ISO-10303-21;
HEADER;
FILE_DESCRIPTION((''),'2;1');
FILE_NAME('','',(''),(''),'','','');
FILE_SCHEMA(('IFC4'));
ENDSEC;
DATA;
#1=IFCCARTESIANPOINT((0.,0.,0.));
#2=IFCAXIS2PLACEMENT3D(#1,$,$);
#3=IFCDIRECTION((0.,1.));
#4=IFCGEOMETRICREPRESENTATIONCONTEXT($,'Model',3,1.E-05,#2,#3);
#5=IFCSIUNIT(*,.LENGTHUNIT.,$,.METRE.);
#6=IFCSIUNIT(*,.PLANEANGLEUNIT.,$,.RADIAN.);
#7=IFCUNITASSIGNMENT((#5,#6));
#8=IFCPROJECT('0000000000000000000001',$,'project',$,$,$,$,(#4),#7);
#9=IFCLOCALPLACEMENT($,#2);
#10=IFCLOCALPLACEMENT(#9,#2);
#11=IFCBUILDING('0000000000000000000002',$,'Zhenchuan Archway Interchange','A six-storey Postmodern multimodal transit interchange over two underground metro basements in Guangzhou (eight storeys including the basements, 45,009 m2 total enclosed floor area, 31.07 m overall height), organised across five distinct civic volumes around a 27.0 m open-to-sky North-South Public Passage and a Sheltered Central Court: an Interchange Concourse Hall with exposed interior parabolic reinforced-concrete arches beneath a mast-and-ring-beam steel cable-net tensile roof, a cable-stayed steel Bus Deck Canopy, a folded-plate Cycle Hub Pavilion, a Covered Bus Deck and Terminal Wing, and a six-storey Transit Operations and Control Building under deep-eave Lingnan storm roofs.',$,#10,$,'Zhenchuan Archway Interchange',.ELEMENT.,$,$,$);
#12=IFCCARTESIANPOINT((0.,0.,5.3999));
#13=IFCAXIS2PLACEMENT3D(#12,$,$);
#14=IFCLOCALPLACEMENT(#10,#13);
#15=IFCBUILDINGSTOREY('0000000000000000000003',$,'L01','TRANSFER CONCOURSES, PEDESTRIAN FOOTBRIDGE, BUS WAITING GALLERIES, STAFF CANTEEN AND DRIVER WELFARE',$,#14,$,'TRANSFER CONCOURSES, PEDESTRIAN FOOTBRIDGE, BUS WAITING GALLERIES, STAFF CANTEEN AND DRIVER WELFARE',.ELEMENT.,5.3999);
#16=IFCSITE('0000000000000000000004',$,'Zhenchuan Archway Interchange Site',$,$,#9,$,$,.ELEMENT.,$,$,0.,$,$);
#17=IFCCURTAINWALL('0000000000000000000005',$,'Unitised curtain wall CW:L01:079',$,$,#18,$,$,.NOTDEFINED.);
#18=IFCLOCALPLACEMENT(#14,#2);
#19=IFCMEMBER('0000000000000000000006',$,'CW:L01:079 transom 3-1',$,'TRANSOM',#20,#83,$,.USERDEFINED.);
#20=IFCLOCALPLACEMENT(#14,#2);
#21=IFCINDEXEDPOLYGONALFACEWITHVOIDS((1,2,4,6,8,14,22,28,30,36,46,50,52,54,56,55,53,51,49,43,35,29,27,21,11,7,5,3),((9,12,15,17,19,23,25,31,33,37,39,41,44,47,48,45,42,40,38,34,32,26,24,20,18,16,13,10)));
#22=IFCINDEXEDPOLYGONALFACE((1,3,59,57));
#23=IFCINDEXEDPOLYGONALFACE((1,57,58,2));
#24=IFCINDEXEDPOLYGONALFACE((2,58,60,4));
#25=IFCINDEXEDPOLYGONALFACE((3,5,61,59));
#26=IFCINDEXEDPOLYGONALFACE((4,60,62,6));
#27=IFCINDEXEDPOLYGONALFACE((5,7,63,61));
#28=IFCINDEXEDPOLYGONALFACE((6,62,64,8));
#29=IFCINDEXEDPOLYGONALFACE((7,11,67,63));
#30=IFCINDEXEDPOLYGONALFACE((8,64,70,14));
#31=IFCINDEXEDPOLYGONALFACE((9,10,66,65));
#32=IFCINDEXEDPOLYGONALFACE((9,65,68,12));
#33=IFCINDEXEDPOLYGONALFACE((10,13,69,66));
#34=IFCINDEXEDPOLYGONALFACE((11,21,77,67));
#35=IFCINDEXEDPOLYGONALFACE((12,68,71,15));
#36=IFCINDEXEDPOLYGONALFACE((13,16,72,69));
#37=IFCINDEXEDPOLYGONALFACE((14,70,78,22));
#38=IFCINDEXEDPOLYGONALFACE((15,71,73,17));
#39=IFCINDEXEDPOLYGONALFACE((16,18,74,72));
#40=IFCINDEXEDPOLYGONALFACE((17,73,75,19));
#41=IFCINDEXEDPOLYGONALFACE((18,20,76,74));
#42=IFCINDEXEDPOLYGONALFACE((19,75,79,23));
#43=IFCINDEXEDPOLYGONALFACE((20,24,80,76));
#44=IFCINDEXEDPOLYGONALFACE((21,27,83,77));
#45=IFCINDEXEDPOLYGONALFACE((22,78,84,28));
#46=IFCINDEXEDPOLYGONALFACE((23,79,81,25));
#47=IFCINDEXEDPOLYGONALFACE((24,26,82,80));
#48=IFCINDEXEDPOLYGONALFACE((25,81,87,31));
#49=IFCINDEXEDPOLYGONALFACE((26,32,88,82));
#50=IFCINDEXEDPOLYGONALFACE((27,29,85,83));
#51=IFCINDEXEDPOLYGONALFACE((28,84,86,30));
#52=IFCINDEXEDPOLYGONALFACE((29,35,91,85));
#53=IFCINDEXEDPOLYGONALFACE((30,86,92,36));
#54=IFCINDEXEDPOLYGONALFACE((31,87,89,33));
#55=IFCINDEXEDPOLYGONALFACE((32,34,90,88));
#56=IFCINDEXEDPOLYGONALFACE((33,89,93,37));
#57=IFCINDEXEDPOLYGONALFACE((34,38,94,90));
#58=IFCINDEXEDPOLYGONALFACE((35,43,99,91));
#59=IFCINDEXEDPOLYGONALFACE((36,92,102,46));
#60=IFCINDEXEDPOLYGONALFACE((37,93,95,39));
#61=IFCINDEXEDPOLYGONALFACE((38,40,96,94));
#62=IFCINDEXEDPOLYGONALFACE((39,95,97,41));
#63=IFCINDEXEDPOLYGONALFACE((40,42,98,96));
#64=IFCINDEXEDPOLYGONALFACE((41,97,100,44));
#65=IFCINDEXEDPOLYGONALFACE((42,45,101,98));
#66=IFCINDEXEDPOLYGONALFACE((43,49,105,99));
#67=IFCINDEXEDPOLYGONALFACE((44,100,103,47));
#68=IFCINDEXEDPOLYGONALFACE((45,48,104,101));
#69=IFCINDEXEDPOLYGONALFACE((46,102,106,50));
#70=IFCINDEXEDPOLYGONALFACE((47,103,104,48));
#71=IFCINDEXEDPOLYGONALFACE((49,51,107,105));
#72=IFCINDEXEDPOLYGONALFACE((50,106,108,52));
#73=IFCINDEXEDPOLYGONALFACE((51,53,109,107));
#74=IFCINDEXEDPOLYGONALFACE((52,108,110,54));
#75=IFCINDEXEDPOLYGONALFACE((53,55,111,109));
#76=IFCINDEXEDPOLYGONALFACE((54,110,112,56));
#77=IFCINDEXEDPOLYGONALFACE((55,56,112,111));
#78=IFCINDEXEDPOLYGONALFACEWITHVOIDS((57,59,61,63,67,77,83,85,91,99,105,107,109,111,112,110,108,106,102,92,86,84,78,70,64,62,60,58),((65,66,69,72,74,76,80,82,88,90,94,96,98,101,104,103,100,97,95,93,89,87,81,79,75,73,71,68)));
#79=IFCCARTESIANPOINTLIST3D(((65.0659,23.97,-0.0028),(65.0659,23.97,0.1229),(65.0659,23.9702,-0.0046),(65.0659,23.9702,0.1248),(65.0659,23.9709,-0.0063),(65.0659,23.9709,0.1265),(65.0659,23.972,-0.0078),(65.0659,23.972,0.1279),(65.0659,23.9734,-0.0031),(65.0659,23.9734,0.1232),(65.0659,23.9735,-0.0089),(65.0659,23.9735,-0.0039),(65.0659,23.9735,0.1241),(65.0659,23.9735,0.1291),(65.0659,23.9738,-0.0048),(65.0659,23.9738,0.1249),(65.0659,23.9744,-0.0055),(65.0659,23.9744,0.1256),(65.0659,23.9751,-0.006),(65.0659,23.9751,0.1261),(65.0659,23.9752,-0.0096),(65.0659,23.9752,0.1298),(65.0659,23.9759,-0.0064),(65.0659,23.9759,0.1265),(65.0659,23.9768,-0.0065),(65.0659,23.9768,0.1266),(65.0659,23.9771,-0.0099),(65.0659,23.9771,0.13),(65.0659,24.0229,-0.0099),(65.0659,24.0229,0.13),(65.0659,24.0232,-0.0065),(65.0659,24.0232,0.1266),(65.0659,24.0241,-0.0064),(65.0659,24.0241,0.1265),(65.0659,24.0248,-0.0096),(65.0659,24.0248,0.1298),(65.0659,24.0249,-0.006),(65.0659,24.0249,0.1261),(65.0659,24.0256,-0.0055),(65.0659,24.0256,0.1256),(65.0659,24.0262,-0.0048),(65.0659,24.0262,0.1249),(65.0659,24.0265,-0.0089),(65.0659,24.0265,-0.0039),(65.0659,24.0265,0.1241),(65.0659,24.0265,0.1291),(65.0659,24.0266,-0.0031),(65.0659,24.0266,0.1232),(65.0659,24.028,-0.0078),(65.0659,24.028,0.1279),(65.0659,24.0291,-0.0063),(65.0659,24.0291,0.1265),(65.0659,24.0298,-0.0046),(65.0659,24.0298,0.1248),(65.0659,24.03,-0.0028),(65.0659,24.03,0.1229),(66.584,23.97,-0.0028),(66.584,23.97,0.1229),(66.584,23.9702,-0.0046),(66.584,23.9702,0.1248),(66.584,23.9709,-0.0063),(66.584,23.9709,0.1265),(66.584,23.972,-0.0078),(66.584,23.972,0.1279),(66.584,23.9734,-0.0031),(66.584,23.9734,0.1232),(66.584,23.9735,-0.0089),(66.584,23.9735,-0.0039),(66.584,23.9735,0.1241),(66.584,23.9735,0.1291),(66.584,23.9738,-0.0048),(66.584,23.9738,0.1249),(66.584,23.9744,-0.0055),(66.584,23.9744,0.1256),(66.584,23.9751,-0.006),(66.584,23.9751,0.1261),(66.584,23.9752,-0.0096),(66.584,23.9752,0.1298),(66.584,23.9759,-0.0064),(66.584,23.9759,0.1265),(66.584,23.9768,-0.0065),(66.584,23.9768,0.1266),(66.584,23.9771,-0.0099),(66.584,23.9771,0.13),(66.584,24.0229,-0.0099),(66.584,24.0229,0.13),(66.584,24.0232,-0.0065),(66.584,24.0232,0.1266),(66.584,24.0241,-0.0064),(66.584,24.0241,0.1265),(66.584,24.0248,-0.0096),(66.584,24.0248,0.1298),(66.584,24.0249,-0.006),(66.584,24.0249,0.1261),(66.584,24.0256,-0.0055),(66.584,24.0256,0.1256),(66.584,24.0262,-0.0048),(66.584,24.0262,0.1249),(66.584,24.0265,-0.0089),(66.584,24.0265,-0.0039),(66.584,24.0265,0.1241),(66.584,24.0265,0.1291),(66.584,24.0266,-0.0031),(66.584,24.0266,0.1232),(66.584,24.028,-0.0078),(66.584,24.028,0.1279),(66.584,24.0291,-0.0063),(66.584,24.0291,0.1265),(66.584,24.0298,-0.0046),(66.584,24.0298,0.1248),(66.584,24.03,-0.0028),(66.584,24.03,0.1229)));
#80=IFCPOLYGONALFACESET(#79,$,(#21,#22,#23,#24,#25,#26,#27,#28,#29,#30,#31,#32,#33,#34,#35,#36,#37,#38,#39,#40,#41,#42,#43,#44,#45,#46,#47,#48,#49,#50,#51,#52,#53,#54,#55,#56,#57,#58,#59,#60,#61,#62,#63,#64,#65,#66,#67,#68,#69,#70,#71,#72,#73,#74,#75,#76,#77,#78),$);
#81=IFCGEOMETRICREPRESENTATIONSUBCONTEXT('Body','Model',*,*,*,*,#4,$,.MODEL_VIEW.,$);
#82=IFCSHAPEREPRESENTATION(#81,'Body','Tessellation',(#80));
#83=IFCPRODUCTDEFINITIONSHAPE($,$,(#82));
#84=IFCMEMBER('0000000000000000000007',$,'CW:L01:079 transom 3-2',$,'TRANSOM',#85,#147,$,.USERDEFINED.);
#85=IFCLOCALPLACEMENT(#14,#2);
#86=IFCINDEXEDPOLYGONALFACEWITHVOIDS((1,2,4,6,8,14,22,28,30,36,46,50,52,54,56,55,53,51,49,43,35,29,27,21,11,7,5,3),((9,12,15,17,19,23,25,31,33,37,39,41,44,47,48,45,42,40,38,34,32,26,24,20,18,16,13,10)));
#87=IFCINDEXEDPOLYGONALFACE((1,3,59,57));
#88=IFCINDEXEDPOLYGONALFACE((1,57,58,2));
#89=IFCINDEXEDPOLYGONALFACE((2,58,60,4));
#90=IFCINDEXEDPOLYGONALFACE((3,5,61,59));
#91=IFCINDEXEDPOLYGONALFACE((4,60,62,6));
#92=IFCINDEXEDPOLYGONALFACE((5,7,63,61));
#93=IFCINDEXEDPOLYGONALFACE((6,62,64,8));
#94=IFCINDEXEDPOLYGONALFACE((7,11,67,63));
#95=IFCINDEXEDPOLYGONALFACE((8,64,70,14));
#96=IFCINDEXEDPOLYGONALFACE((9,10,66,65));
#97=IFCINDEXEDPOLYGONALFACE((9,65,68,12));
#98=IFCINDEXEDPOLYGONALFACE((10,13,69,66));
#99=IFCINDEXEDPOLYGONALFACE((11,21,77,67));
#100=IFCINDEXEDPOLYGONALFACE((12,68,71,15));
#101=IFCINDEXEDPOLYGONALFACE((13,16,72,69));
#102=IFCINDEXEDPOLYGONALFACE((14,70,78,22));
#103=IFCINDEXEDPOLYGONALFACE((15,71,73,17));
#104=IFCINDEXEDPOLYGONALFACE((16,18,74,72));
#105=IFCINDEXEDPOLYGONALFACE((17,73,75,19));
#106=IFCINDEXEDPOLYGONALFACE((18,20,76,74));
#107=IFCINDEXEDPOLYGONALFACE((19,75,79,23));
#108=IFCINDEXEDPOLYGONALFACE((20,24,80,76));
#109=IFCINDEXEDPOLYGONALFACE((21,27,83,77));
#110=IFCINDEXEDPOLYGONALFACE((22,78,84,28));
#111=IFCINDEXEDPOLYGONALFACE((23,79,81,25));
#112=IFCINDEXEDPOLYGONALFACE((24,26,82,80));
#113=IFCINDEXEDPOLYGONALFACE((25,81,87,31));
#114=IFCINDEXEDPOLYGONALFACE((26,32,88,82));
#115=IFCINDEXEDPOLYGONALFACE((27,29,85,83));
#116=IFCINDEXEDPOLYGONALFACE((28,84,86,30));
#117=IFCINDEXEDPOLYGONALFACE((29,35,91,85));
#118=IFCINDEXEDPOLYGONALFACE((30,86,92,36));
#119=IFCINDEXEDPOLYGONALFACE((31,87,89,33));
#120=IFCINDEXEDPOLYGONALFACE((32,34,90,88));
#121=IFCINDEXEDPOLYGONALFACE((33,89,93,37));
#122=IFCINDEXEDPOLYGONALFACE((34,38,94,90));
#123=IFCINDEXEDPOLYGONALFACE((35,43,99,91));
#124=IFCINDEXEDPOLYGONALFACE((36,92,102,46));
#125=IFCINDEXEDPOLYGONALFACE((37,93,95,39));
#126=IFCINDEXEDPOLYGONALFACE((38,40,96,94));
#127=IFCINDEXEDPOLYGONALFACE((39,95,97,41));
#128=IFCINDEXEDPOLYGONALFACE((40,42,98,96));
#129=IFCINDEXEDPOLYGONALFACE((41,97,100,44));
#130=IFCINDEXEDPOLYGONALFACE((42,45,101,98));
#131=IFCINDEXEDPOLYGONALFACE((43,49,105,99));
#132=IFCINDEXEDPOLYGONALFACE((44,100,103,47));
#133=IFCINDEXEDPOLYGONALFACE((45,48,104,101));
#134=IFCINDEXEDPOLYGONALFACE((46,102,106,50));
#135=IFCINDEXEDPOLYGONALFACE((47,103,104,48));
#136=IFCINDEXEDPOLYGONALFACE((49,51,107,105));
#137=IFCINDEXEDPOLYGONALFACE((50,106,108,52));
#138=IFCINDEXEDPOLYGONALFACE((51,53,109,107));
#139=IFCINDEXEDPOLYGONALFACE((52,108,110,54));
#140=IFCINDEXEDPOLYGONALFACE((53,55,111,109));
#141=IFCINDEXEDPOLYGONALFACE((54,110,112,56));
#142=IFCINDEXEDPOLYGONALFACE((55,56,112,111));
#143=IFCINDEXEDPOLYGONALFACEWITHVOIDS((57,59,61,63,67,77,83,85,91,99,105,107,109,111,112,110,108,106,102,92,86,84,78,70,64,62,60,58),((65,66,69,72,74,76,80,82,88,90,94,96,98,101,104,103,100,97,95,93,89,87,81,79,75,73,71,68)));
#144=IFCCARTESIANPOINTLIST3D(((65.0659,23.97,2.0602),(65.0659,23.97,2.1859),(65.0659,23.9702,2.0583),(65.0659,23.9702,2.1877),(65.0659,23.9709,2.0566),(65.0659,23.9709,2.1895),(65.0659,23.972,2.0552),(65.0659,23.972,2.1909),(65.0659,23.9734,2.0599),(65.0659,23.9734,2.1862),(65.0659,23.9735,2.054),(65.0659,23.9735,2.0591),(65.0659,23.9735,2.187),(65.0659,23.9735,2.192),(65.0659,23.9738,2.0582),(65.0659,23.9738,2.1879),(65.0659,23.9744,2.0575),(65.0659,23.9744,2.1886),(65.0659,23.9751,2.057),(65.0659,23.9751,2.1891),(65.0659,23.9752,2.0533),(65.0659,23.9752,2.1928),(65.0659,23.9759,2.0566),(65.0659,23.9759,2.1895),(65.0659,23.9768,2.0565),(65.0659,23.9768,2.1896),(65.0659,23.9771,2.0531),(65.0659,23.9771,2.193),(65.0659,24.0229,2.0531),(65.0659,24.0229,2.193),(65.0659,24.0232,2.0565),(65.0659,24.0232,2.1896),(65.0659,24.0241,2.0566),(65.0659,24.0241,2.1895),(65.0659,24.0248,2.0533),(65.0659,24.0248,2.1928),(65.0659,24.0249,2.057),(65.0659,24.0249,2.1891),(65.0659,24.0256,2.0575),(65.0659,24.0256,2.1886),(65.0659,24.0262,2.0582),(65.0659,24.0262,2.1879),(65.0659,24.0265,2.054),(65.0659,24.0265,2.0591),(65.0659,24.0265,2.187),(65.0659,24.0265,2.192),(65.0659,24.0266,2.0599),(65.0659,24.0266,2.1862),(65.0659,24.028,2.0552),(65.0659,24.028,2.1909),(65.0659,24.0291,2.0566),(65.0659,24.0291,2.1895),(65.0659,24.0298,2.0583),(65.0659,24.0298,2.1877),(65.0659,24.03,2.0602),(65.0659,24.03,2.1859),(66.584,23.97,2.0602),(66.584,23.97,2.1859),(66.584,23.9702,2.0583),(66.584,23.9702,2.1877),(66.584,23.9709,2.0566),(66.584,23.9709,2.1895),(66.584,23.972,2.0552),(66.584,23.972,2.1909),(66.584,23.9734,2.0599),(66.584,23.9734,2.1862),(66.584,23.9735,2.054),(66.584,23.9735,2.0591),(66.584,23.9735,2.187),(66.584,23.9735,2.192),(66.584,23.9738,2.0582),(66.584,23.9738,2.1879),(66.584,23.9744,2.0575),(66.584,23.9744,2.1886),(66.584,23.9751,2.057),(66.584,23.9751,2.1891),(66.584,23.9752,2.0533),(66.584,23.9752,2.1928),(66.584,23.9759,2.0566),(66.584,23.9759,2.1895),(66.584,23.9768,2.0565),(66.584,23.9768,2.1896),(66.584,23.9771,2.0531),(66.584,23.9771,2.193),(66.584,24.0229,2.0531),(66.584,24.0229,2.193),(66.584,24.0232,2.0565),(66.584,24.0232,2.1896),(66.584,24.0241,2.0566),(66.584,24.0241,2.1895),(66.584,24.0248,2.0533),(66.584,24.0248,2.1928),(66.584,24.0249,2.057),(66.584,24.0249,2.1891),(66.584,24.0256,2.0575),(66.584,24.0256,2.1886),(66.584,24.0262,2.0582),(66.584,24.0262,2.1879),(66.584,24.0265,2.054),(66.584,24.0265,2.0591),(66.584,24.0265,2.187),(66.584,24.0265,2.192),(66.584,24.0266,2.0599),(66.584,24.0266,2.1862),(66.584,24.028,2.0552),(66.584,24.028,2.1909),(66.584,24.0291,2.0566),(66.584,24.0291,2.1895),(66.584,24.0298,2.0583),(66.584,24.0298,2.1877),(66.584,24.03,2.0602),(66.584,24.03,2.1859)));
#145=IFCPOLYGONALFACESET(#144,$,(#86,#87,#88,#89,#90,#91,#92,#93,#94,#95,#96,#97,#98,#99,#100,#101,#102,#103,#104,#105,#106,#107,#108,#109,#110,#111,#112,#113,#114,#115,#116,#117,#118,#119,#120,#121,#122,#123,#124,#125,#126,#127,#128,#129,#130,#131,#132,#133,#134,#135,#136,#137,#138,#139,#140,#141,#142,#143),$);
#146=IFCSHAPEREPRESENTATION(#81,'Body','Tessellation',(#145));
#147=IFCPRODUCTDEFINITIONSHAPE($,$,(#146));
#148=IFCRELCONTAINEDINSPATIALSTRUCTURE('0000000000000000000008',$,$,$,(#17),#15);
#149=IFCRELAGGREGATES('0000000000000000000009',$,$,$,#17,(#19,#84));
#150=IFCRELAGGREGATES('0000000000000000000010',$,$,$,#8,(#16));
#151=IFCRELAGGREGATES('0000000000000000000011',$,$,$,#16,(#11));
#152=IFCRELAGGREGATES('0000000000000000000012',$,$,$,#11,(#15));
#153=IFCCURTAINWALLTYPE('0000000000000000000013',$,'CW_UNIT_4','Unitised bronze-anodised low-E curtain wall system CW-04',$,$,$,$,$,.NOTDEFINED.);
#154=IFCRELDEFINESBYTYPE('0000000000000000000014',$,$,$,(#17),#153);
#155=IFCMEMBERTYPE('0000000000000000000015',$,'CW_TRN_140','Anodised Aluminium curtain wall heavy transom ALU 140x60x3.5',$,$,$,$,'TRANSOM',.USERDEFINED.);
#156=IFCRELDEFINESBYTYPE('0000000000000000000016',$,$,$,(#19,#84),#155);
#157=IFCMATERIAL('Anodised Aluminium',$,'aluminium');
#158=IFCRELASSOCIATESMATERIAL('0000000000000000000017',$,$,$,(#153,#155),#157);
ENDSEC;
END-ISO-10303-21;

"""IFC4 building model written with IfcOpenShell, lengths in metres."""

from ifc_helpers import new_model, si_unit, direction, frame, origin, origin_2d, place, context, subcontext, project, spatial, hollow_rectangle, extrude, material, material_profile, profile_set, type_object, element, aggregate, save


model = new_model("IFC4")

# Units and contexts
model_context = context("Model", 3, precision=1e-05, world=origin(), true_north=direction((0.0, 1.0)))
body_context = subcontext(model_context, "Body", "Model", "MODEL_VIEW")
ifc_project = project(units=[si_unit("LENGTHUNIT", "METRE"), si_unit("PLANEANGLEUNIT", "RADIAN")], contexts=[model_context])

# Site, building, storey
site_placement = place(None, origin())
site = spatial("IfcSite", under=ifc_project, at=site_placement, Name="Zhenchuan Archway Interchange Site", CompositionType="ELEMENT", RefElevation=0.0)
building_placement = place(site_placement, origin())
building = spatial("IfcBuilding", under=site, at=building_placement, Name="Zhenchuan Archway Interchange", Description="A six-storey Postmodern multimodal transit interchange over two underground metro basements in Guangzhou (eight storeys including the basements, 45,009 m2 total enclosed floor area, 31.07 m overall height), organised across five distinct civic volumes around a 27.0 m open-to-sky North-South Public Passage and a Sheltered Central Court: an Interchange Concourse Hall with exposed interior parabolic reinforced-concrete arches beneath a mast-and-ring-beam steel cable-net tensile roof, a cable-stayed steel Bus Deck Canopy, a folded-plate Cycle Hub Pavilion, a Covered Bus Deck and Terminal Wing, and a six-storey Transit Operations and Control Building under deep-eave Lingnan storm roofs.", LongName="Zhenchuan Archway Interchange", CompositionType="ELEMENT")
storey_placement = place(building_placement, frame((0.0, 0.0, 5.3999)))
storey = spatial("IfcBuildingStorey", under=building, at=storey_placement, Name="L01", Description="TRANSFER CONCOURSES, PEDESTRIAN FOOTBRIDGE, BUS WAITING GALLERIES, STAFF CANTEEN AND DRIVER WELFARE", LongName="TRANSFER CONCOURSES, PEDESTRIAN FOOTBRIDGE, BUS WAITING GALLERIES, STAFF CANTEEN AND DRIVER WELFARE", CompositionType="ELEMENT", Elevation=5.3999)

# Curtain wall, members
ifc_material_1 = material(Name="Anodised Aluminium", Category="aluminium")
curtain_wall_type = type_object("IfcCurtainWallType", Name="CW_UNIT_4", Description="Unitised bronze-anodised low-E curtain wall system CW-04", PredefinedType="NOTDEFINED", material=ifc_material_1)
curtain_wall_placement = place(storey_placement, origin())
curtain_wall = element("IfcCurtainWall", 1, at=curtain_wall_placement, inside=storey, type_object=curtain_wall_type, Name="Unitised curtain wall CW:L01:079", PredefinedType="NOTDEFINED")
ifc_material_profile_1 = material_profile(ifc_material_1, hollow_rectangle(XDim=0.0601, YDim=0.1399, WallThickness=0.0034, InnerFilletRadius=0.0034, OuterFilletRadius=0.0071, at=origin_2d()), Name="ALU 140x60x3.5")
ifc_profile_set_1 = profile_set([ifc_material_profile_1], Name="Anodised Aluminium")
member_type_1 = type_object("IfcMemberType", Name="CW_TRN_140", Description="Anodised Aluminium curtain wall heavy transom ALU 140x60x3.5", ElementType="TRANSOM", PredefinedType="USERDEFINED", material=ifc_profile_set_1)
member_1_placement = place(storey_placement, frame((66.584, 24.0, 0.0601), z_axis=(-1.0, 0.0, 0.0), x_axis=(0.0, -1.0, 0.0)))
member_1 = element("IfcMember", 2, at=member_1_placement, type_object=member_type_1, Name="CW:L01:079 transom 3-1", ObjectType="TRANSOM", PredefinedType="USERDEFINED", context=body_context, shape_type="SweptSolid", body=[
    extrude(hollow_rectangle(XDim=0.0601, YDim=0.1399, WallThickness=0.0034, InnerFilletRadius=0.0034, OuterFilletRadius=0.0071, at=origin_2d()), origin(), (0.0, 0.0, 1.0), 1.5181),
])
member_2_placement = place(storey_placement, frame((66.584, 24.0, 2.123), z_axis=(-1.0, 0.0, 0.0), x_axis=(0.0, -1.0, 0.0)))
member_2 = element("IfcMember", 3, at=member_2_placement, type_object=member_type_1, Name="CW:L01:079 transom 3-2", ObjectType="TRANSOM", PredefinedType="USERDEFINED", context=body_context, shape_type="SweptSolid", body=[
    extrude(hollow_rectangle(XDim=0.0601, YDim=0.1399, WallThickness=0.0034, InnerFilletRadius=0.0034, OuterFilletRadius=0.0071, at=origin_2d()), origin(), (0.0, 0.0, 1.0), 1.5181),
])

aggregate(curtain_wall, [member_1, member_2])

save(model, "model.ifc")
